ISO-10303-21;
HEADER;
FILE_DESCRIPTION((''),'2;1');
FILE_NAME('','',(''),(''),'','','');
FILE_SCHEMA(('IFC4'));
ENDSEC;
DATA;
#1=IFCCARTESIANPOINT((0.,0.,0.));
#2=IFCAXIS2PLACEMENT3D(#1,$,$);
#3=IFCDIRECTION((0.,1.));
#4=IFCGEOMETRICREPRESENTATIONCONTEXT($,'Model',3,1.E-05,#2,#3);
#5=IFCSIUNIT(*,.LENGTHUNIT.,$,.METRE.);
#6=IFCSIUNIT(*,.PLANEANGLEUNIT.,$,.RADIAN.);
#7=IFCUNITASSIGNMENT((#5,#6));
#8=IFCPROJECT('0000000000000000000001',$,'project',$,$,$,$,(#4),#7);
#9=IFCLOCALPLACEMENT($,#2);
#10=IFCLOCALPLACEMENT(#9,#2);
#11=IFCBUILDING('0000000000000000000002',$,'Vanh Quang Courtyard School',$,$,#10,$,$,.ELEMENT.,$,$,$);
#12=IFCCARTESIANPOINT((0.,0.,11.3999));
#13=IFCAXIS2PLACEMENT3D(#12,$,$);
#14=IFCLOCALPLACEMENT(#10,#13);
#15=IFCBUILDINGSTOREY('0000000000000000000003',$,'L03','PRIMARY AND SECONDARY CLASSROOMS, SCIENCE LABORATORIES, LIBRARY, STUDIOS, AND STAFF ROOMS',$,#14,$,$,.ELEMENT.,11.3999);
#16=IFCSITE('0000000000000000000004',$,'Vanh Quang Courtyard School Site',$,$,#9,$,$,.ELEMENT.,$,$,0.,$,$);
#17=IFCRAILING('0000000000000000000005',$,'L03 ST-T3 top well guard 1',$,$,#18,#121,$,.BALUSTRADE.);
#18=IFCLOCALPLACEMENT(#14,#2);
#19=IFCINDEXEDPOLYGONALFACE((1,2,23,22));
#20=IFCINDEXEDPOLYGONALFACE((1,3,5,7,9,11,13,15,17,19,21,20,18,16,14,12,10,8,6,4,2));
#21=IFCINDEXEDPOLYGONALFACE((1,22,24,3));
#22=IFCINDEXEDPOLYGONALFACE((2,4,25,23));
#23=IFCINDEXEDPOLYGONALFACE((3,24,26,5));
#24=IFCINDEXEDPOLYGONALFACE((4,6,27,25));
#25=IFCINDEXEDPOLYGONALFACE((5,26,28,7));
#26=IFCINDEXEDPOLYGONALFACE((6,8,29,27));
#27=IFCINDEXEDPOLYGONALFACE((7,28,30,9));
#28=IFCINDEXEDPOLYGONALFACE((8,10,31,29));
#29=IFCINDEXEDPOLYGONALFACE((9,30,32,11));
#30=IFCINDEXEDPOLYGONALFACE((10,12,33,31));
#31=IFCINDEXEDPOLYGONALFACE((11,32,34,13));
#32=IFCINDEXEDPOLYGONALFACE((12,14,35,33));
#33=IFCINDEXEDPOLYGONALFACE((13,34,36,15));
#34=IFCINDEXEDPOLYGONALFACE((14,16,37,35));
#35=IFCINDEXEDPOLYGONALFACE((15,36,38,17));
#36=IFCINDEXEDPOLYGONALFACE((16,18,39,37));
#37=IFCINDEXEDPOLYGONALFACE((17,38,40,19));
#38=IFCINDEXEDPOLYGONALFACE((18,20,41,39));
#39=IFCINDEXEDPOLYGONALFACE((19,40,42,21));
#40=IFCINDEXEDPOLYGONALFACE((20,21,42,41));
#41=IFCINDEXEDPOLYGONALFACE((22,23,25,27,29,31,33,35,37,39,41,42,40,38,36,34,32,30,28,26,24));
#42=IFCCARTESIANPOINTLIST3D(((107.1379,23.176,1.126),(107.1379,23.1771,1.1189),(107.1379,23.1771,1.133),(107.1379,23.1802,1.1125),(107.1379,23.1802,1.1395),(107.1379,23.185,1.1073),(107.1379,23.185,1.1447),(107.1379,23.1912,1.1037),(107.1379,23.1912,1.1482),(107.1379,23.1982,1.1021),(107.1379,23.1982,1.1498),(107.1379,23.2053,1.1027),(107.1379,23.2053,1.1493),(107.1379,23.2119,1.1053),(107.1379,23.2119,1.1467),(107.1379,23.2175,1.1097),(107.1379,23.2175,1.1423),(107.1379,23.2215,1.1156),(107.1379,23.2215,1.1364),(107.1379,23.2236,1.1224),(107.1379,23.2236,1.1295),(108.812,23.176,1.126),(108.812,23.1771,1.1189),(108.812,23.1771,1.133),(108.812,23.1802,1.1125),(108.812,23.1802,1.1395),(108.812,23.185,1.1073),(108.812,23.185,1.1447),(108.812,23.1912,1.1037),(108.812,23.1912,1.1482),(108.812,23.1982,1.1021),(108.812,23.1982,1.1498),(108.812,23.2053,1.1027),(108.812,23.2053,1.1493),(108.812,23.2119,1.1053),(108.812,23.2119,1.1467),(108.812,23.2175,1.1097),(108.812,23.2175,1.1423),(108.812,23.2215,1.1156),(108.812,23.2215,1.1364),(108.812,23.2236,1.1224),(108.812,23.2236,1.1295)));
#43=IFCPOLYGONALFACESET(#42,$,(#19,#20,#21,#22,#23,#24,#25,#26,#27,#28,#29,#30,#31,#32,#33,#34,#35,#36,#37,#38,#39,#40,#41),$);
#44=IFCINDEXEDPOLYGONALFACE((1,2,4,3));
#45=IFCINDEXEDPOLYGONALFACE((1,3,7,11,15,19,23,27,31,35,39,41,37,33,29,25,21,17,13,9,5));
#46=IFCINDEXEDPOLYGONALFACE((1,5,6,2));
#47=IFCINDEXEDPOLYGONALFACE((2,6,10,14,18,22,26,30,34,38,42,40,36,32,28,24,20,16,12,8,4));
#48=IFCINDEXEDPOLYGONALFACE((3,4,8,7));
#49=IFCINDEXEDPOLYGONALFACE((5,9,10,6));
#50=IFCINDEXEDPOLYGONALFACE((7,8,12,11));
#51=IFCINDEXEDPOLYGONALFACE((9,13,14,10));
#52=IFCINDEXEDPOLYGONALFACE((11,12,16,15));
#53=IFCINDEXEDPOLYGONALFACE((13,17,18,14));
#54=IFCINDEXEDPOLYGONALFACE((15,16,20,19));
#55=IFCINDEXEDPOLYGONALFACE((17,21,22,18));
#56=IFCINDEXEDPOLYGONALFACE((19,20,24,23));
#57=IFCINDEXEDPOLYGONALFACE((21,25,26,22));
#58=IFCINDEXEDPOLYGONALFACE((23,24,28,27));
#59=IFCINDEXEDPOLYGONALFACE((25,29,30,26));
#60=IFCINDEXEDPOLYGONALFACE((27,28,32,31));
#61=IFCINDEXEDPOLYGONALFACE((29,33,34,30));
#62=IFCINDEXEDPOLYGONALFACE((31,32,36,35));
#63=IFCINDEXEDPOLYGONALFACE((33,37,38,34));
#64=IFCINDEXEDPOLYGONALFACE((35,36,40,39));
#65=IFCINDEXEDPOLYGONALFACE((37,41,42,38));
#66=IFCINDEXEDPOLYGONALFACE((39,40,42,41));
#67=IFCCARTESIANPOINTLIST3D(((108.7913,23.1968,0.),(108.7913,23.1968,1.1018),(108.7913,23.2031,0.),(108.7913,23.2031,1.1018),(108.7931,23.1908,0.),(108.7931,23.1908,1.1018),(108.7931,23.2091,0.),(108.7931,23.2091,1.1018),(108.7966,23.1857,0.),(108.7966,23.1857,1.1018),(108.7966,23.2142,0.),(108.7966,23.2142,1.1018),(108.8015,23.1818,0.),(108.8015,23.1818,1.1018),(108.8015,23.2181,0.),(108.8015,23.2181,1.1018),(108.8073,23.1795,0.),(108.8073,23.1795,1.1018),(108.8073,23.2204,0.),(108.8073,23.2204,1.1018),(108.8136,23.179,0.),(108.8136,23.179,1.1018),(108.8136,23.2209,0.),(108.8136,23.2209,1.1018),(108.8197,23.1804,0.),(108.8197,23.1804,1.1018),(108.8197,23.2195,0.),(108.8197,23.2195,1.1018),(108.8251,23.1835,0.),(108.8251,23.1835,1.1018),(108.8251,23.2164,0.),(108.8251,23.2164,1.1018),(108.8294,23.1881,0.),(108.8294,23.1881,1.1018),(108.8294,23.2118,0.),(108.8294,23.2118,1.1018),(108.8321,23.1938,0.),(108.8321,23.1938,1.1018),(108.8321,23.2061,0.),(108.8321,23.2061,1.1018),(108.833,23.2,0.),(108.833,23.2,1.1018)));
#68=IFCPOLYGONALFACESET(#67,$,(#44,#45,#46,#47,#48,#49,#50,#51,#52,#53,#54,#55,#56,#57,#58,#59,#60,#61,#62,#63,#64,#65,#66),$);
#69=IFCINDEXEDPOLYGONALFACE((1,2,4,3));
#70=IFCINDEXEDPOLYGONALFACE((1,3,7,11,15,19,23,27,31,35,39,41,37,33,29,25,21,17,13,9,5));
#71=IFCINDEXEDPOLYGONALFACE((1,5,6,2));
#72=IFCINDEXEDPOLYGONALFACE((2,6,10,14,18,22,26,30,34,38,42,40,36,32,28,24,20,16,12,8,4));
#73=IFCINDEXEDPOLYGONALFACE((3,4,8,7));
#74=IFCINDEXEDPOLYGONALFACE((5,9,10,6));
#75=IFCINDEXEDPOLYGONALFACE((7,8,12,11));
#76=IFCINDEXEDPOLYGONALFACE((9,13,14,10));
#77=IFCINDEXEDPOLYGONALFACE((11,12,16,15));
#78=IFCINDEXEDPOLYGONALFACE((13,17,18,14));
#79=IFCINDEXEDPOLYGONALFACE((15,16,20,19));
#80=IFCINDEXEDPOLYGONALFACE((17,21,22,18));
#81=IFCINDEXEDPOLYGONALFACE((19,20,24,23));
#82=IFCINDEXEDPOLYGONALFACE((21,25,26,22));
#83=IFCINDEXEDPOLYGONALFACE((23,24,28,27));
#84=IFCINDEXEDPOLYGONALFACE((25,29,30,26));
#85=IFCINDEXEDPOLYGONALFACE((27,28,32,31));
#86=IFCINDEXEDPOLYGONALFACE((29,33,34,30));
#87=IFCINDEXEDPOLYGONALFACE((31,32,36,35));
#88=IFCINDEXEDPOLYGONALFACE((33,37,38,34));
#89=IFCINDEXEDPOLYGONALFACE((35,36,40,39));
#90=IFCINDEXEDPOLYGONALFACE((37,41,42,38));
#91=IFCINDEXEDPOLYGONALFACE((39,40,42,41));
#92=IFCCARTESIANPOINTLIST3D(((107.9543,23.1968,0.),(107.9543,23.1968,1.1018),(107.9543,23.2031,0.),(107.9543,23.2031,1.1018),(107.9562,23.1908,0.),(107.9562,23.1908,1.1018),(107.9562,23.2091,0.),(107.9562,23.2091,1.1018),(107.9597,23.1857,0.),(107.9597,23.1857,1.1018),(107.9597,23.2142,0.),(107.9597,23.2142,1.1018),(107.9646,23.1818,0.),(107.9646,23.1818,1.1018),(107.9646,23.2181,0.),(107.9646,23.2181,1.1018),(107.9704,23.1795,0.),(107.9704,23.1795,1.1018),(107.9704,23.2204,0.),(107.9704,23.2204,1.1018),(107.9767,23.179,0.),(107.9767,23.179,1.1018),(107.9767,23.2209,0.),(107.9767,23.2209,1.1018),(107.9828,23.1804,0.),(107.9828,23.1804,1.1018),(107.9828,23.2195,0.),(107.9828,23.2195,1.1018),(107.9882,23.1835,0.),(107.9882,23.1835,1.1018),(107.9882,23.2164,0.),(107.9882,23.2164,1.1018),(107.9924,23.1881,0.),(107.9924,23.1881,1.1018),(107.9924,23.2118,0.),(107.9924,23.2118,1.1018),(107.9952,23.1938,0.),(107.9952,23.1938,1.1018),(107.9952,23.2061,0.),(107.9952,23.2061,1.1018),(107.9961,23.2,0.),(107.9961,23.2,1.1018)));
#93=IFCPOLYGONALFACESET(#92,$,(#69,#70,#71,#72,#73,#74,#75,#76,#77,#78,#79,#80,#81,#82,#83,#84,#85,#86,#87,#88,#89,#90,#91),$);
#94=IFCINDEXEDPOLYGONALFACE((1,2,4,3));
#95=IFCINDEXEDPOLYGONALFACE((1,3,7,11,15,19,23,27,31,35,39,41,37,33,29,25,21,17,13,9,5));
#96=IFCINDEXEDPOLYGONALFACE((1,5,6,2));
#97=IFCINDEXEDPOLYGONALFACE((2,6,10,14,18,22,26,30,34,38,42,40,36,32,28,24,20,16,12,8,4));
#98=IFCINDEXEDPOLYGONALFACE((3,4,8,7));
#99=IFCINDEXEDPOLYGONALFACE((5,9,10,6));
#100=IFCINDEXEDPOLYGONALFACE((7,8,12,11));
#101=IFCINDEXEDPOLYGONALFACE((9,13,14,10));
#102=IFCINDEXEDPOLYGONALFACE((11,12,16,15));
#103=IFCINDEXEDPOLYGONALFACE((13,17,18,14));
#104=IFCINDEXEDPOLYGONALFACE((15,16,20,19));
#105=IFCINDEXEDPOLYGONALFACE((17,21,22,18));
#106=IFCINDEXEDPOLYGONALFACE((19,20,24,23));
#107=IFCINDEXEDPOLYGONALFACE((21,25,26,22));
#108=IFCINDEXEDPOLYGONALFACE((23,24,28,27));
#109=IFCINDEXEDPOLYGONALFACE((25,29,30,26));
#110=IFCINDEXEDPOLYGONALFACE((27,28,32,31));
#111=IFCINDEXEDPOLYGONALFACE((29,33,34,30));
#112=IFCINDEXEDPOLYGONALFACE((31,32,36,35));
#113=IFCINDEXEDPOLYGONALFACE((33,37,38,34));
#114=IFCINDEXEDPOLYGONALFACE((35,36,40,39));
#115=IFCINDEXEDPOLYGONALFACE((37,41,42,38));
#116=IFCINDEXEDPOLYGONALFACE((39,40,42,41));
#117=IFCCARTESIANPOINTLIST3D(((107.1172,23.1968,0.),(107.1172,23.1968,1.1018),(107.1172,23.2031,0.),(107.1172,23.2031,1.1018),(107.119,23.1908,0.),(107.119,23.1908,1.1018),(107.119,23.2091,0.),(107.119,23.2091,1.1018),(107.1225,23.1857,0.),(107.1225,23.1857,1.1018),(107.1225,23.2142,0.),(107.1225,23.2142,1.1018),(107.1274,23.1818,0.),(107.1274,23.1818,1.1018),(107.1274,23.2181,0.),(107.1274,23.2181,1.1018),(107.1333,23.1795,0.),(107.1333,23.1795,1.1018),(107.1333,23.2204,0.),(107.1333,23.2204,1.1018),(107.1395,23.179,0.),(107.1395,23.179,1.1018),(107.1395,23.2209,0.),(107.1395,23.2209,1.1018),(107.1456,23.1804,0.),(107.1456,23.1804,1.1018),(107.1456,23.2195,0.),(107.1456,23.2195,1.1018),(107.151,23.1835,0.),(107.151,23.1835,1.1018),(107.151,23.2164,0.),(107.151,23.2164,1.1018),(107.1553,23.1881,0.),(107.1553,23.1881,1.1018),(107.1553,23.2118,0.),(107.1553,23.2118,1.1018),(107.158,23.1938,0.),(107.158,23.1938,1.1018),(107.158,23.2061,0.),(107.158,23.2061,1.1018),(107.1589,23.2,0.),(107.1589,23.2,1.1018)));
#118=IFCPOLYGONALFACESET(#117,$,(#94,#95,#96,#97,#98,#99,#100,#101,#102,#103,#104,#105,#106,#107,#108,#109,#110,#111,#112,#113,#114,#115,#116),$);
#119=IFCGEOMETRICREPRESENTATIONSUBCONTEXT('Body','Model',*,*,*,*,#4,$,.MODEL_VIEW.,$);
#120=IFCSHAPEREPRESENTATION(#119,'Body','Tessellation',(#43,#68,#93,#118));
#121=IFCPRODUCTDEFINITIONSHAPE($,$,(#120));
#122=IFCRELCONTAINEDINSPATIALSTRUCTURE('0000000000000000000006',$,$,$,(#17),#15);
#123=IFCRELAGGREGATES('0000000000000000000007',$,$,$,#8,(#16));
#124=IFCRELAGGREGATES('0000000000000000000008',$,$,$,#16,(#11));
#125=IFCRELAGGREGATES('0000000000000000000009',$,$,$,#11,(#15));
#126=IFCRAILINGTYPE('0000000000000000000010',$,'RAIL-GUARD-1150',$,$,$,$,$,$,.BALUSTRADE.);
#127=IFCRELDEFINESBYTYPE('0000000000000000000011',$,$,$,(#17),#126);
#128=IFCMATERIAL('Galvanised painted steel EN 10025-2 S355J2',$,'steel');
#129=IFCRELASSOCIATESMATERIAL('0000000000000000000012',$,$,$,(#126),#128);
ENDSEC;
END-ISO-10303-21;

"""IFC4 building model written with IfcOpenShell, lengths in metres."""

from ifc_helpers import new_model, si_unit, direction, frame, origin, origin_2d, place, context, subcontext, project, spatial, circle, extrude, material, type_object, element, save


model = new_model("IFC4")

# Units and contexts
model_context = context("Model", 3, precision=1e-05, world=origin(), true_north=direction((0.0, 1.0)))
body_context = subcontext(model_context, "Body", "Model", "MODEL_VIEW")
ifc_project = project(units=[si_unit("LENGTHUNIT", "METRE"), si_unit("PLANEANGLEUNIT", "RADIAN")], contexts=[model_context])

# Site, building, storey
site_placement = place(None, origin())
site = spatial("IfcSite", under=ifc_project, at=site_placement, Name="Vanh Quang Courtyard School Site", CompositionType="ELEMENT", RefElevation=0.0)
building_placement = place(site_placement, origin())
building = spatial("IfcBuilding", under=site, at=building_placement, Name="Vanh Quang Courtyard School", CompositionType="ELEMENT")
storey_placement = place(building_placement, frame((0.0, 0.0, 11.3999)))
storey = spatial("IfcBuildingStorey", under=building, at=storey_placement, Name="L03", Description="PRIMARY AND SECONDARY CLASSROOMS, SCIENCE LABORATORIES, LIBRARY, STUDIOS, AND STAFF ROOMS", CompositionType="ELEMENT", Elevation=11.3999)

# Railing
ifc_material_1 = material(Name="Galvanised painted steel EN 10025-2 S355J2", Category="steel")
railing_type = type_object("IfcRailingType", Name="RAIL-GUARD-1150", PredefinedType="BALUSTRADE", material=ifc_material_1)
railing_1_placement = place(storey_placement, frame((108.812, 23.2, 0.0)))
element("IfcRailing", 1, at=railing_1_placement, inside=storey, type_object=railing_type, Name="L03 ST-T3 top well guard 1", PredefinedType="BALUSTRADE", context=body_context, shape_type="SweptSolid", body=[
    extrude(circle(Radius=0.0239, at=origin_2d()), frame((0.0, 0.0, 1.126), z_axis=(-1.0, 0.0, 0.0), x_axis=(0.0, -1.0, 0.0)), (0.0, 0.0, 1.0), 1.6741),
    extrude(circle(Radius=0.021, at=origin_2d()), origin(), (0.0, 0.0, 1.0), 1.1018),
    extrude(circle(Radius=0.021, at=origin_2d()), frame((-0.8369, 0.0, 0.0)), (0.0, 0.0, 1.0), 1.1018),
    extrude(circle(Radius=0.021, at=origin_2d()), frame((-1.6741, 0.0, 0.0)), (0.0, 0.0, 1.0), 1.1018),
])

save(model, "model.ifc")
